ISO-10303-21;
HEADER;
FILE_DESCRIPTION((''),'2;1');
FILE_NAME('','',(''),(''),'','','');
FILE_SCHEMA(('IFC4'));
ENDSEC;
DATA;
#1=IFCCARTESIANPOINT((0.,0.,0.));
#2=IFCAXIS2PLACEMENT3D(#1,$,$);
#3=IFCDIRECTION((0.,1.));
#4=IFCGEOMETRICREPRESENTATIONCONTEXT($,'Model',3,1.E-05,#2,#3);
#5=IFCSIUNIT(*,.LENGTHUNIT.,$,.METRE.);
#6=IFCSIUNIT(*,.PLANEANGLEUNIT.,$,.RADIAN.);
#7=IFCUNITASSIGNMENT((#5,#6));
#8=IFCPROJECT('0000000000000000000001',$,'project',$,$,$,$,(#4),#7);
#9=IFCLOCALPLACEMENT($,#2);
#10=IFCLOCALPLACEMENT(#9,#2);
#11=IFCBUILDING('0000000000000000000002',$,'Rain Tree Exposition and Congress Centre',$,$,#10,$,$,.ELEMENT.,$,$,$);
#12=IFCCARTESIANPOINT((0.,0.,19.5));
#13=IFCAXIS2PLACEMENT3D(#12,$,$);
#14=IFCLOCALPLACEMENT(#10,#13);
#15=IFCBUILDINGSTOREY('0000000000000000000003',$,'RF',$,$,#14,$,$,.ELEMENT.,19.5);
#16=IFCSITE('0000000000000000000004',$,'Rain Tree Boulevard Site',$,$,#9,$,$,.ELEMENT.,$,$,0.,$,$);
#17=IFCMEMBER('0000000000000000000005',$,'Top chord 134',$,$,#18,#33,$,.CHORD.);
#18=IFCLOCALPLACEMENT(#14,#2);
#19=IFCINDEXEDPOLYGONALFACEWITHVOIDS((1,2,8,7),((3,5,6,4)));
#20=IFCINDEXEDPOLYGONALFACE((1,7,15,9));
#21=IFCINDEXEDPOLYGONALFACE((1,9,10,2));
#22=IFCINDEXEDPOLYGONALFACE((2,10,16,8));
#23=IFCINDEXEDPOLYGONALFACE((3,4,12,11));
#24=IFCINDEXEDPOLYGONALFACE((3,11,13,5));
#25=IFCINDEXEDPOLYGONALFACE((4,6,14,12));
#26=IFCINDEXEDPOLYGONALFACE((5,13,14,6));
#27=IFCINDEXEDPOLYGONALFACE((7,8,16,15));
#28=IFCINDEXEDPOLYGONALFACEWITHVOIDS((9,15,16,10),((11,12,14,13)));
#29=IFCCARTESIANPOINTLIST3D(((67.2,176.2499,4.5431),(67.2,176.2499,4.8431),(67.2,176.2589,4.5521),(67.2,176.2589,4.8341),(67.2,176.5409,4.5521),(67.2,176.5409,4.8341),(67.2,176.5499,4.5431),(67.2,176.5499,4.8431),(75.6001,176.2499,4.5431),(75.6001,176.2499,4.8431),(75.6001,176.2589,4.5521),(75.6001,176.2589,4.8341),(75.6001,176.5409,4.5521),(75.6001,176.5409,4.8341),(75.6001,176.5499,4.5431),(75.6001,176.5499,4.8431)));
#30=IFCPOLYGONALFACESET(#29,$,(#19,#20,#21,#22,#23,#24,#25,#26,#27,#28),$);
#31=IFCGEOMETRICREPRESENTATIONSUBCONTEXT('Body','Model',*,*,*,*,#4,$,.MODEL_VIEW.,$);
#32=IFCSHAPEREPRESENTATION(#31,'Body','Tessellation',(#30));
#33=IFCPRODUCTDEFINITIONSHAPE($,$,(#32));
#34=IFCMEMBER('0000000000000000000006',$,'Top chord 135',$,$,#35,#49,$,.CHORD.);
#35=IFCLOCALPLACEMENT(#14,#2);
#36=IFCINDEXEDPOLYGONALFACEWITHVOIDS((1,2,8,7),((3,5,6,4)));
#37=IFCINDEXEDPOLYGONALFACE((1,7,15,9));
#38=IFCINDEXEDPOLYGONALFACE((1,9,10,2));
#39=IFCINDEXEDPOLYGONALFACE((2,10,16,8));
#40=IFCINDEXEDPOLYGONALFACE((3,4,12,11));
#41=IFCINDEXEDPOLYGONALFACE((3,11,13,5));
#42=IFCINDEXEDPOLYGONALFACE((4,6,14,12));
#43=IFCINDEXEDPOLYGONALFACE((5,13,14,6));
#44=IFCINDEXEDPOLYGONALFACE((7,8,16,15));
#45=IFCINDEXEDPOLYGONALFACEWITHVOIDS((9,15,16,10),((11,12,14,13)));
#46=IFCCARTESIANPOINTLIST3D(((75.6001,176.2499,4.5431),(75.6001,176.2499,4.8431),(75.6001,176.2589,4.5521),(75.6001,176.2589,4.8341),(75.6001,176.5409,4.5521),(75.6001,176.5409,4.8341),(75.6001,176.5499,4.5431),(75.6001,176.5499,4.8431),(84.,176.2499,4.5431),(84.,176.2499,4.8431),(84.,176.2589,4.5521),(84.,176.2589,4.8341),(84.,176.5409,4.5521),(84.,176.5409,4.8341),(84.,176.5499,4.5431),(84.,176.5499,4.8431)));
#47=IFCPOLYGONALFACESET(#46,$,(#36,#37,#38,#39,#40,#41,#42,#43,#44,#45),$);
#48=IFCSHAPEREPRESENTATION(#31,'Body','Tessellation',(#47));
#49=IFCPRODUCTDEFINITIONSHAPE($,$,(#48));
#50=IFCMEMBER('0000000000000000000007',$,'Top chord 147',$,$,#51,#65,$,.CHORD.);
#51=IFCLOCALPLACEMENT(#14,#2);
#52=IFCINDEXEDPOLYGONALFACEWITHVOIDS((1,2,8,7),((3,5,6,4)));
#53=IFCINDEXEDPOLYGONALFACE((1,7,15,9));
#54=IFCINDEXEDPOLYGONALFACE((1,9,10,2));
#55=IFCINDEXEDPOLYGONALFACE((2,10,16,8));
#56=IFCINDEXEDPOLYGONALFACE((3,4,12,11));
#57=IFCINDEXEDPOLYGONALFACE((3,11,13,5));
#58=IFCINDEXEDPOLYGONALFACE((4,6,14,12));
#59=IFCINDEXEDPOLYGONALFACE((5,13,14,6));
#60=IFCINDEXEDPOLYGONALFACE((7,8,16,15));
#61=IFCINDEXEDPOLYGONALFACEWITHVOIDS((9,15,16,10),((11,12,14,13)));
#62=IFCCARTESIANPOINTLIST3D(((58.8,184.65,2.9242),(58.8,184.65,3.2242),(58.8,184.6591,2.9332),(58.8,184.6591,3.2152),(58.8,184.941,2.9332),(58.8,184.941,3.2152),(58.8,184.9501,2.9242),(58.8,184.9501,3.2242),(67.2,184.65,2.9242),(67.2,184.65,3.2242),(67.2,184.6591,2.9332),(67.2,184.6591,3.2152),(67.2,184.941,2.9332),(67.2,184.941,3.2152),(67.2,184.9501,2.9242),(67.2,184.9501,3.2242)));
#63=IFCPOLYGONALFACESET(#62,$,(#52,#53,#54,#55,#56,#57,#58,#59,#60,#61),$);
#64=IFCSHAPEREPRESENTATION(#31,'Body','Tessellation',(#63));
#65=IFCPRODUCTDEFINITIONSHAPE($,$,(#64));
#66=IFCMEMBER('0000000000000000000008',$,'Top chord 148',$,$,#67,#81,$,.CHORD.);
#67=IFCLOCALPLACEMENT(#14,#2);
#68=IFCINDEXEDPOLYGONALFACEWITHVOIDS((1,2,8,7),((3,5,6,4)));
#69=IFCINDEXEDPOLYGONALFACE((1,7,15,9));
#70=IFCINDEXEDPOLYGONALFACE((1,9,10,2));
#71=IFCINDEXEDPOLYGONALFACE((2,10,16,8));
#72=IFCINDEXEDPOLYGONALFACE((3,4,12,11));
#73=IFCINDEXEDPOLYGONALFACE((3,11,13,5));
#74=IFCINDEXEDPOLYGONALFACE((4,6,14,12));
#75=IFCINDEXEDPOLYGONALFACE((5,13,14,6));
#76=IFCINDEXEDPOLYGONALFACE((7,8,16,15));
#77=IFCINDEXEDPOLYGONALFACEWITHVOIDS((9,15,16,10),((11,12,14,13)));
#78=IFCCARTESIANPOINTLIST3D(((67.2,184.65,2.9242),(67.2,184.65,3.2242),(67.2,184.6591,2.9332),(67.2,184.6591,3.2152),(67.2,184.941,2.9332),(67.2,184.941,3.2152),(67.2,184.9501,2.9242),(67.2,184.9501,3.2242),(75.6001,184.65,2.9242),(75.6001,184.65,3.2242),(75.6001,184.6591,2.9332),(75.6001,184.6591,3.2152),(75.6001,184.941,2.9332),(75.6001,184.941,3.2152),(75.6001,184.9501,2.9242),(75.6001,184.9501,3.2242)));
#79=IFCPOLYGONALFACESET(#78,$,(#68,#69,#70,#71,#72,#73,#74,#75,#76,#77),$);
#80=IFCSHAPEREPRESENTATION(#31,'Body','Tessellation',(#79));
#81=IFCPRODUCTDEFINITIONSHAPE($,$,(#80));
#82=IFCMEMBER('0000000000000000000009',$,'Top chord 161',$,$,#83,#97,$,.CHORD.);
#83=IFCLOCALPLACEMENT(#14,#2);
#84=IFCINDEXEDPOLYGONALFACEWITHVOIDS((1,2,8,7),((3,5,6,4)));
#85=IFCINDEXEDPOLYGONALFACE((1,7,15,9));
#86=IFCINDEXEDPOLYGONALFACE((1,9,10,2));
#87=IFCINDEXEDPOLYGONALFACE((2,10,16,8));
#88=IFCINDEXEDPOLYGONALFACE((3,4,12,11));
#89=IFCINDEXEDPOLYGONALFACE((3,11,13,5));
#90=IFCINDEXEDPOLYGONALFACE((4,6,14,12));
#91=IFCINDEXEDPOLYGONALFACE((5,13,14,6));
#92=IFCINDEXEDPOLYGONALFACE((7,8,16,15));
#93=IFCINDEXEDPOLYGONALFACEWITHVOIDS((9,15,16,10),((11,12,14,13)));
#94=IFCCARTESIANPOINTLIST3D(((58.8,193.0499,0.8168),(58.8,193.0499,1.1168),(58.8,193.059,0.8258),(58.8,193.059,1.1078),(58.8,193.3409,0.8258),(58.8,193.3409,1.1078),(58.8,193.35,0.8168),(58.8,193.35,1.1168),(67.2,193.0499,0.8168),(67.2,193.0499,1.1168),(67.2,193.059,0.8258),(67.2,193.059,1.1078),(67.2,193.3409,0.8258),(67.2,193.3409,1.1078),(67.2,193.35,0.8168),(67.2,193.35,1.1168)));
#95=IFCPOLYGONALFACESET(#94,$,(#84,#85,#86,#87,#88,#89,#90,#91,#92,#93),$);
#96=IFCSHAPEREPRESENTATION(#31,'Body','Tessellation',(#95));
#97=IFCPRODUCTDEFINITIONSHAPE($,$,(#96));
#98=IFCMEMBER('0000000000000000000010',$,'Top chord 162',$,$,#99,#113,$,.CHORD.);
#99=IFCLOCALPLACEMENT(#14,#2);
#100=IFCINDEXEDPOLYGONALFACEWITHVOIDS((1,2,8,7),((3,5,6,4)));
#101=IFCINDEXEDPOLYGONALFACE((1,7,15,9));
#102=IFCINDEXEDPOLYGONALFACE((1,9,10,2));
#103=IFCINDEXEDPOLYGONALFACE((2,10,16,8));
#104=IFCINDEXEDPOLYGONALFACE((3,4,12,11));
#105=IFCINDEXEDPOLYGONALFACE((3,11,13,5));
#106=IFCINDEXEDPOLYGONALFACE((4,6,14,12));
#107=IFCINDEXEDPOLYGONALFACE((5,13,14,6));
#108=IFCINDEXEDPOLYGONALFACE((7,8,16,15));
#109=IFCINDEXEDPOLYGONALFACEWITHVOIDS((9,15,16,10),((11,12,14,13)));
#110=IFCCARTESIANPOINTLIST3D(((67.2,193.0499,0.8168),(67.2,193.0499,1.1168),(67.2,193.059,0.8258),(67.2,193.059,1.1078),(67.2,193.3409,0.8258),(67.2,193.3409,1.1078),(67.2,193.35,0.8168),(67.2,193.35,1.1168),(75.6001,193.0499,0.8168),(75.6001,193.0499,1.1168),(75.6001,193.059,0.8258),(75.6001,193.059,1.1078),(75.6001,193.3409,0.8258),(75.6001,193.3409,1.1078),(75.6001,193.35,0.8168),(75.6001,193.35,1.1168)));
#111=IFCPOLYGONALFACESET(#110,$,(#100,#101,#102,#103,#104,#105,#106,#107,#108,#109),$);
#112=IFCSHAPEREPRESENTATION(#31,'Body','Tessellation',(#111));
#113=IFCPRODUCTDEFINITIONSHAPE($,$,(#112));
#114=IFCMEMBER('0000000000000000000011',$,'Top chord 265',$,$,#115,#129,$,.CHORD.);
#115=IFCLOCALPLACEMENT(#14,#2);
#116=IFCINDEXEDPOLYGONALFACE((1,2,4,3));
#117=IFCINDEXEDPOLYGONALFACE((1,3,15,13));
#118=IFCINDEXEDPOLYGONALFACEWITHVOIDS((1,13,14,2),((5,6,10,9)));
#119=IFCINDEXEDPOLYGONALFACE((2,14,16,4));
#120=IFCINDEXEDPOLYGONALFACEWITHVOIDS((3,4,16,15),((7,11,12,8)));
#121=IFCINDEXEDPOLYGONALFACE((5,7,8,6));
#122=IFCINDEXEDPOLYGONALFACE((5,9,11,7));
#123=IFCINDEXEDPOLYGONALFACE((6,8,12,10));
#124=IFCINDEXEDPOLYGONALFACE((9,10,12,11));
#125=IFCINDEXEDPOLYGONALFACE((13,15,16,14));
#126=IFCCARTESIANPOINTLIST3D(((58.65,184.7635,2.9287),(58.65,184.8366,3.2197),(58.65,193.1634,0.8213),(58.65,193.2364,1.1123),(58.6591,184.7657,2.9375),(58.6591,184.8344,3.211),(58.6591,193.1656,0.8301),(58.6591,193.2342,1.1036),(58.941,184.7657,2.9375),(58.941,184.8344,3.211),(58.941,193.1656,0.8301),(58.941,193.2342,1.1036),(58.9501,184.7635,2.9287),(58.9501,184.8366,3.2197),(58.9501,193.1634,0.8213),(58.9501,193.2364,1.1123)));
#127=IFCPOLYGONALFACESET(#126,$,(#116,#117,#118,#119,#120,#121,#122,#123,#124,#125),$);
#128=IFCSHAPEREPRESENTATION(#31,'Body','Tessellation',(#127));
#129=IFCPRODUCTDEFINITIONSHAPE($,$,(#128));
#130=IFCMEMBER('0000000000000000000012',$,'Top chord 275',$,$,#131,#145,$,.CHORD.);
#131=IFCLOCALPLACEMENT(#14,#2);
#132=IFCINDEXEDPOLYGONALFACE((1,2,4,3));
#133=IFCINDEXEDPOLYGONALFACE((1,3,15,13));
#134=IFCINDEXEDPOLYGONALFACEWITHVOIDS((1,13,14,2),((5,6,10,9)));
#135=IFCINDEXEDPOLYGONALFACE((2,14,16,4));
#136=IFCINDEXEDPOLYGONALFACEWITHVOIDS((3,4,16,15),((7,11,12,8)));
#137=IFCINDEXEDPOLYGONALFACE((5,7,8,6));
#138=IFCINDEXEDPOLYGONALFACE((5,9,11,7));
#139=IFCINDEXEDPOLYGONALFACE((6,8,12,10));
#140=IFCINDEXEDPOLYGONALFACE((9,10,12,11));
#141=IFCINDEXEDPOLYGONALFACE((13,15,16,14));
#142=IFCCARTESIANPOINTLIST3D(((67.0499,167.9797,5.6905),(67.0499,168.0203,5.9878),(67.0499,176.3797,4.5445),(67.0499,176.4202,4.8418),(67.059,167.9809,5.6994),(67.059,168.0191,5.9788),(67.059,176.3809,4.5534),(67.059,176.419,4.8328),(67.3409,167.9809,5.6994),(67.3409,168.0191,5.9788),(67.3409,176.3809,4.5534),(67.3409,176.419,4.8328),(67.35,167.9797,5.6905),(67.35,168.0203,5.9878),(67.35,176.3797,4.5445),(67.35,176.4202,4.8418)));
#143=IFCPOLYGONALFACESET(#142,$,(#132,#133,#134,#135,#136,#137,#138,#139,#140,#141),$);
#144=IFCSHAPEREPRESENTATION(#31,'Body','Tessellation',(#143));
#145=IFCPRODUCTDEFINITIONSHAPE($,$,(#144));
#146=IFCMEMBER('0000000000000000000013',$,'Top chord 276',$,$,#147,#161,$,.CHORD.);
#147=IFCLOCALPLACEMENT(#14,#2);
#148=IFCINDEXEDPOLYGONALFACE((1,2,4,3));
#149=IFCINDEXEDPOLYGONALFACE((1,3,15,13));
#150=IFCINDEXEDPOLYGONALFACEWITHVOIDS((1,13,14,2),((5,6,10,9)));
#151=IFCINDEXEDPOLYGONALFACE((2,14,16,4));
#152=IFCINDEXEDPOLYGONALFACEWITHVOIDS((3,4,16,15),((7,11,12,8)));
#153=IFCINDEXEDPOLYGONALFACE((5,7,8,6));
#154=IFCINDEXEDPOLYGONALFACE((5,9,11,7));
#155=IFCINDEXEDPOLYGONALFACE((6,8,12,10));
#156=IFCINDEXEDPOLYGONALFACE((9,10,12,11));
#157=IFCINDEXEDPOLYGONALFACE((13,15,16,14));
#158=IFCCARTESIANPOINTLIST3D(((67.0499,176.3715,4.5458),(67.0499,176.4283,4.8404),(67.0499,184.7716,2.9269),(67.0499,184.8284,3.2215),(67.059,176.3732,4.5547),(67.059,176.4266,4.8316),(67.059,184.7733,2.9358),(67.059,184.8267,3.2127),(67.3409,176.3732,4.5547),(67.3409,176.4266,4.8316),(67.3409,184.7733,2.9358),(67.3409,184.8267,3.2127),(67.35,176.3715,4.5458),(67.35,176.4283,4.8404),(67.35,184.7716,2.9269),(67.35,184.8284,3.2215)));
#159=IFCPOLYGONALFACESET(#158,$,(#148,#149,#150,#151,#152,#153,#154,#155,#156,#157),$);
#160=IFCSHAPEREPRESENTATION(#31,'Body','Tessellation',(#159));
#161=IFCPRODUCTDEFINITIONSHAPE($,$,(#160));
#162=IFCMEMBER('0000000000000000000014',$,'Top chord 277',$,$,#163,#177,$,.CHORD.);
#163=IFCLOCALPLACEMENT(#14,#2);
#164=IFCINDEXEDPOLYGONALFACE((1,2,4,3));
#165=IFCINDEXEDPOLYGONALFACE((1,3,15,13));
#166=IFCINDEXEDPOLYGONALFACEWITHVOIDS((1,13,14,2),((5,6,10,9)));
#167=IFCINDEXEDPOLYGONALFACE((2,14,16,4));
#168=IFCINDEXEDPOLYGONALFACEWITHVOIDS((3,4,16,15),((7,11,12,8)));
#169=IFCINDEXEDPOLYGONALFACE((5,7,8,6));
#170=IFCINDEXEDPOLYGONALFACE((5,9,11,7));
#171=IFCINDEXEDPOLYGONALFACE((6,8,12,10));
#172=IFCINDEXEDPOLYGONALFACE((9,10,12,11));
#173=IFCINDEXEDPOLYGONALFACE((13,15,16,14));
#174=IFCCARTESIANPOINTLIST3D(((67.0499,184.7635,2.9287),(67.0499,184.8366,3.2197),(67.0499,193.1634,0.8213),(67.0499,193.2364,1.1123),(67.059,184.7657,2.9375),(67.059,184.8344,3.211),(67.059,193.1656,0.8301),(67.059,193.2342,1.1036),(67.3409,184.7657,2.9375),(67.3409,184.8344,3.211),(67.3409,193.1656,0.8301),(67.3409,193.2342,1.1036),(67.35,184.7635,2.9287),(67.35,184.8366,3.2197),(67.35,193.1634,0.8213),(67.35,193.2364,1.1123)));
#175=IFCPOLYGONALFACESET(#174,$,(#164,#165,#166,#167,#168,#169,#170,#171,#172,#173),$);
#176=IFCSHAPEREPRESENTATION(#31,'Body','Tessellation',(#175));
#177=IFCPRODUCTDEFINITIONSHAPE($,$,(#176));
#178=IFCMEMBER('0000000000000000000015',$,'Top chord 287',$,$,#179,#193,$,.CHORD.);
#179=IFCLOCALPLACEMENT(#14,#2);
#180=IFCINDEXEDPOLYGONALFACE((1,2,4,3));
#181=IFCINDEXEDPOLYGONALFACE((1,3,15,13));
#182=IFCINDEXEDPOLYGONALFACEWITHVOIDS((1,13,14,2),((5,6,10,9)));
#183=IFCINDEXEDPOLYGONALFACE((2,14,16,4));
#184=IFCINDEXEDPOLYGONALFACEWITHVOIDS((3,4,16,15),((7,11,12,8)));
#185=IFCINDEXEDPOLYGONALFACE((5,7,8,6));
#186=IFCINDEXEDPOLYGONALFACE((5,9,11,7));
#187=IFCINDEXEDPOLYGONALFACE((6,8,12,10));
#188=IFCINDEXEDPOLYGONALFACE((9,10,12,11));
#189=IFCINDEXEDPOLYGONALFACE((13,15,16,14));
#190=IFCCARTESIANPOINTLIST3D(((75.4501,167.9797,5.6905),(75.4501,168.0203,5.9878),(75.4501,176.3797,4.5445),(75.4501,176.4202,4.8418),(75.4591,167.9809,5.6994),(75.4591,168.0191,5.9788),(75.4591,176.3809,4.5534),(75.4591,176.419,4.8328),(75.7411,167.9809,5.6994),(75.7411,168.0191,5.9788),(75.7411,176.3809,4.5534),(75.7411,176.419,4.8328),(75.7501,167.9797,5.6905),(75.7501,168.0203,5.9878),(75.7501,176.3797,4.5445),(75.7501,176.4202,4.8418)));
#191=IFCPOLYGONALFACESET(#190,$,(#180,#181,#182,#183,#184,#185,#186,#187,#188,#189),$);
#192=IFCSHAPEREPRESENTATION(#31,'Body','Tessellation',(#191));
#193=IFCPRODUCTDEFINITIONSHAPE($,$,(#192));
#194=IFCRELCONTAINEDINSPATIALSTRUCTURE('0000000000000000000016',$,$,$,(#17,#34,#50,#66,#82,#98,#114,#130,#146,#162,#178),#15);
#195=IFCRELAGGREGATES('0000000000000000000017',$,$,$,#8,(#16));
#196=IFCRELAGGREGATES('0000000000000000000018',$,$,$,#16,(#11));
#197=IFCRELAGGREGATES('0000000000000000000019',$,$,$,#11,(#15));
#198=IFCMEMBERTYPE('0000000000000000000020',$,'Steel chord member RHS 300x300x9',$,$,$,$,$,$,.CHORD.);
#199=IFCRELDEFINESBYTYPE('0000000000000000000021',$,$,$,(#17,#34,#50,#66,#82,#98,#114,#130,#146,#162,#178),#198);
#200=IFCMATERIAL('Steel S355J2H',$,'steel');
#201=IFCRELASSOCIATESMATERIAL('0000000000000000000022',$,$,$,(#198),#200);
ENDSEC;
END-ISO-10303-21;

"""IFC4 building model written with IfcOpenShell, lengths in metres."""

from ifc_helpers import new_model, si_unit, direction, frame, origin, origin_2d, place, context, subcontext, project, spatial, hollow_rectangle, extrude, material, material_profile, profile_set, type_object, element, save


model = new_model("IFC4")

# Units and contexts
model_context = context("Model", 3, precision=1e-05, world=origin(), true_north=direction((0.0, 1.0)))
body_context = subcontext(model_context, "Body", "Model", "MODEL_VIEW")
ifc_project = project(units=[si_unit("LENGTHUNIT", "METRE"), si_unit("PLANEANGLEUNIT", "RADIAN")], contexts=[model_context])

# Site, building, storey
site_placement = place(None, origin())
site = spatial("IfcSite", under=ifc_project, at=site_placement, Name="Rain Tree Boulevard Site", CompositionType="ELEMENT", RefElevation=0.0)
building_placement = place(site_placement, origin())
building = spatial("IfcBuilding", under=site, at=building_placement, Name="Rain Tree Exposition and Congress Centre", CompositionType="ELEMENT")
storey_placement = place(building_placement, frame((0.0, 0.0, 19.5)))
storey = spatial("IfcBuildingStorey", under=building, at=storey_placement, Name="RF", CompositionType="ELEMENT", Elevation=19.5)

# Members
ifc_material_1 = material(Name="Steel S355J2H", Category="steel")
ifc_material_profile_1 = material_profile(ifc_material_1, hollow_rectangle(XDim=0.3, YDim=0.3, WallThickness=0.009, at=origin_2d()), Name="RHS 300x300x9")
ifc_profile_set_1 = profile_set([ifc_material_profile_1], Name="Steel S355J2H")
member_type = type_object("IfcMemberType", Name="Steel chord member RHS 300x300x9", PredefinedType="CHORD", material=ifc_profile_set_1)
member_1_placement = place(storey_placement, frame((67.2, 176.3999, 4.6931), z_axis=(1.0, 0.0, 0.0), x_axis=(0.0, 1.0, 0.0)))
element("IfcMember", 1, at=member_1_placement, inside=storey, type_object=member_type, Name="Top chord 134", PredefinedType="CHORD", context=body_context, shape_type="SweptSolid", body=[
    extrude(hollow_rectangle(XDim=0.3, YDim=0.3, WallThickness=0.009, at=origin_2d()), origin(), (0.0, 0.0, 1.0), 8.4001),
])
for number, where, z_axis, x_axis, name in (
    (2, (75.6001, 176.3999, 4.6931), (1.0, 0.0, 0.0), (0.0, 1.0, 0.0), "Top chord 135"),
    (3, (58.8, 184.8, 3.0742), (1.0, 0.0, 0.0), (0.0, 1.0, 0.0), "Top chord 147"),
):
    element("IfcMember", number, at=place(storey_placement, frame(where, z_axis=z_axis, x_axis=x_axis)), inside=storey, type_object=member_type, Name=name, PredefinedType="CHORD", context=body_context, shape_type="SweptSolid", body=[
        extrude(hollow_rectangle(XDim=0.3, YDim=0.3, WallThickness=0.009, at=origin_2d()), origin(), (0.0, 0.0, 1.0), 8.3999),
    ])
member_2_placement = place(storey_placement, frame((67.2, 184.8, 3.0742), z_axis=(1.0, 0.0, 0.0), x_axis=(0.0, 1.0, 0.0)))
element("IfcMember", 4, at=member_2_placement, inside=storey, type_object=member_type, Name="Top chord 148", PredefinedType="CHORD", context=body_context, shape_type="SweptSolid", body=[
    extrude(hollow_rectangle(XDim=0.3, YDim=0.3, WallThickness=0.009, at=origin_2d()), origin(), (0.0, 0.0, 1.0), 8.4001),
])
member_3_placement = place(storey_placement, frame((58.8, 193.2, 0.9668), z_axis=(1.0, 0.0, 0.0), x_axis=(0.0, 1.0, 0.0)))
element("IfcMember", 5, at=member_3_placement, inside=storey, type_object=member_type, Name="Top chord 161", PredefinedType="CHORD", context=body_context, shape_type="SweptSolid", body=[
    extrude(hollow_rectangle(XDim=0.3, YDim=0.3, WallThickness=0.009, at=origin_2d()), origin(), (0.0, 0.0, 1.0), 8.3999),
])
member_4_placement = place(storey_placement, frame((67.2, 193.2, 0.9668), z_axis=(1.0, 0.0, 0.0), x_axis=(0.0, 1.0, 0.0)))
element("IfcMember", 6, at=member_4_placement, inside=storey, type_object=member_type, Name="Top chord 162", PredefinedType="CHORD", context=body_context, shape_type="SweptSolid", body=[
    extrude(hollow_rectangle(XDim=0.3, YDim=0.3, WallThickness=0.009, at=origin_2d()), origin(), (0.0, 0.0, 1.0), 8.4001),
])
member_5_placement = place(storey_placement, frame((58.8, 184.8, 3.0742), z_axis=(0.0, 0.96994, -0.243345), x_axis=(-1.0, 0.0, 0.0)))
element("IfcMember", 7, at=member_5_placement, inside=storey, type_object=member_type, Name="Top chord 265", PredefinedType="CHORD", context=body_context, shape_type="SweptSolid", body=[
    extrude(hollow_rectangle(XDim=0.3, YDim=0.3, WallThickness=0.009, at=origin_2d()), origin(), (0.0, 0.0, 1.0), 8.6602),
])
member_6_placement = place(storey_placement, frame((67.2, 168.0, 5.8391), z_axis=(0.0, 0.990821, -0.135177), x_axis=(-1.0, 0.0, 0.0)))
element("IfcMember", 8, at=member_6_placement, inside=storey, type_object=member_type, Name="Top chord 275", PredefinedType="CHORD", context=body_context, shape_type="SweptSolid", body=[
    extrude(hollow_rectangle(XDim=0.3, YDim=0.3, WallThickness=0.009, at=origin_2d()), origin(), (0.0, 0.0, 1.0), 8.4778),
])
member_7_placement = place(storey_placement, frame((67.2, 176.3999, 4.6931), z_axis=(0.0, 0.981931, -0.18924), x_axis=(-1.0, 0.0, 0.0)))
element("IfcMember", 9, at=member_7_placement, inside=storey, type_object=member_type, Name="Top chord 276", PredefinedType="CHORD", context=body_context, shape_type="SweptSolid", body=[
    extrude(hollow_rectangle(XDim=0.3, YDim=0.3, WallThickness=0.009, at=origin_2d()), origin(), (0.0, 0.0, 1.0), 8.5547),
])
member_8_placement = place(storey_placement, frame((67.2, 184.8, 3.0742), z_axis=(0.0, 0.96994, -0.243345), x_axis=(-1.0, 0.0, 0.0)))
element("IfcMember", 10, at=member_8_placement, inside=storey, type_object=member_type, Name="Top chord 277", PredefinedType="CHORD", context=body_context, shape_type="SweptSolid", body=[
    extrude(hollow_rectangle(XDim=0.3, YDim=0.3, WallThickness=0.009, at=origin_2d()), origin(), (0.0, 0.0, 1.0), 8.6602),
])
member_9_placement = place(storey_placement, frame((75.6001, 168.0, 5.8391), z_axis=(0.0, 0.990821, -0.135177), x_axis=(-1.0, 0.0, 0.0)))
element("IfcMember", 11, at=member_9_placement, inside=storey, type_object=member_type, Name="Top chord 287", PredefinedType="CHORD", context=body_context, shape_type="SweptSolid", body=[
    extrude(hollow_rectangle(XDim=0.3, YDim=0.3, WallThickness=0.009, at=origin_2d()), origin(), (0.0, 0.0, 1.0), 8.4778),
])

save(model, "model.ifc")
